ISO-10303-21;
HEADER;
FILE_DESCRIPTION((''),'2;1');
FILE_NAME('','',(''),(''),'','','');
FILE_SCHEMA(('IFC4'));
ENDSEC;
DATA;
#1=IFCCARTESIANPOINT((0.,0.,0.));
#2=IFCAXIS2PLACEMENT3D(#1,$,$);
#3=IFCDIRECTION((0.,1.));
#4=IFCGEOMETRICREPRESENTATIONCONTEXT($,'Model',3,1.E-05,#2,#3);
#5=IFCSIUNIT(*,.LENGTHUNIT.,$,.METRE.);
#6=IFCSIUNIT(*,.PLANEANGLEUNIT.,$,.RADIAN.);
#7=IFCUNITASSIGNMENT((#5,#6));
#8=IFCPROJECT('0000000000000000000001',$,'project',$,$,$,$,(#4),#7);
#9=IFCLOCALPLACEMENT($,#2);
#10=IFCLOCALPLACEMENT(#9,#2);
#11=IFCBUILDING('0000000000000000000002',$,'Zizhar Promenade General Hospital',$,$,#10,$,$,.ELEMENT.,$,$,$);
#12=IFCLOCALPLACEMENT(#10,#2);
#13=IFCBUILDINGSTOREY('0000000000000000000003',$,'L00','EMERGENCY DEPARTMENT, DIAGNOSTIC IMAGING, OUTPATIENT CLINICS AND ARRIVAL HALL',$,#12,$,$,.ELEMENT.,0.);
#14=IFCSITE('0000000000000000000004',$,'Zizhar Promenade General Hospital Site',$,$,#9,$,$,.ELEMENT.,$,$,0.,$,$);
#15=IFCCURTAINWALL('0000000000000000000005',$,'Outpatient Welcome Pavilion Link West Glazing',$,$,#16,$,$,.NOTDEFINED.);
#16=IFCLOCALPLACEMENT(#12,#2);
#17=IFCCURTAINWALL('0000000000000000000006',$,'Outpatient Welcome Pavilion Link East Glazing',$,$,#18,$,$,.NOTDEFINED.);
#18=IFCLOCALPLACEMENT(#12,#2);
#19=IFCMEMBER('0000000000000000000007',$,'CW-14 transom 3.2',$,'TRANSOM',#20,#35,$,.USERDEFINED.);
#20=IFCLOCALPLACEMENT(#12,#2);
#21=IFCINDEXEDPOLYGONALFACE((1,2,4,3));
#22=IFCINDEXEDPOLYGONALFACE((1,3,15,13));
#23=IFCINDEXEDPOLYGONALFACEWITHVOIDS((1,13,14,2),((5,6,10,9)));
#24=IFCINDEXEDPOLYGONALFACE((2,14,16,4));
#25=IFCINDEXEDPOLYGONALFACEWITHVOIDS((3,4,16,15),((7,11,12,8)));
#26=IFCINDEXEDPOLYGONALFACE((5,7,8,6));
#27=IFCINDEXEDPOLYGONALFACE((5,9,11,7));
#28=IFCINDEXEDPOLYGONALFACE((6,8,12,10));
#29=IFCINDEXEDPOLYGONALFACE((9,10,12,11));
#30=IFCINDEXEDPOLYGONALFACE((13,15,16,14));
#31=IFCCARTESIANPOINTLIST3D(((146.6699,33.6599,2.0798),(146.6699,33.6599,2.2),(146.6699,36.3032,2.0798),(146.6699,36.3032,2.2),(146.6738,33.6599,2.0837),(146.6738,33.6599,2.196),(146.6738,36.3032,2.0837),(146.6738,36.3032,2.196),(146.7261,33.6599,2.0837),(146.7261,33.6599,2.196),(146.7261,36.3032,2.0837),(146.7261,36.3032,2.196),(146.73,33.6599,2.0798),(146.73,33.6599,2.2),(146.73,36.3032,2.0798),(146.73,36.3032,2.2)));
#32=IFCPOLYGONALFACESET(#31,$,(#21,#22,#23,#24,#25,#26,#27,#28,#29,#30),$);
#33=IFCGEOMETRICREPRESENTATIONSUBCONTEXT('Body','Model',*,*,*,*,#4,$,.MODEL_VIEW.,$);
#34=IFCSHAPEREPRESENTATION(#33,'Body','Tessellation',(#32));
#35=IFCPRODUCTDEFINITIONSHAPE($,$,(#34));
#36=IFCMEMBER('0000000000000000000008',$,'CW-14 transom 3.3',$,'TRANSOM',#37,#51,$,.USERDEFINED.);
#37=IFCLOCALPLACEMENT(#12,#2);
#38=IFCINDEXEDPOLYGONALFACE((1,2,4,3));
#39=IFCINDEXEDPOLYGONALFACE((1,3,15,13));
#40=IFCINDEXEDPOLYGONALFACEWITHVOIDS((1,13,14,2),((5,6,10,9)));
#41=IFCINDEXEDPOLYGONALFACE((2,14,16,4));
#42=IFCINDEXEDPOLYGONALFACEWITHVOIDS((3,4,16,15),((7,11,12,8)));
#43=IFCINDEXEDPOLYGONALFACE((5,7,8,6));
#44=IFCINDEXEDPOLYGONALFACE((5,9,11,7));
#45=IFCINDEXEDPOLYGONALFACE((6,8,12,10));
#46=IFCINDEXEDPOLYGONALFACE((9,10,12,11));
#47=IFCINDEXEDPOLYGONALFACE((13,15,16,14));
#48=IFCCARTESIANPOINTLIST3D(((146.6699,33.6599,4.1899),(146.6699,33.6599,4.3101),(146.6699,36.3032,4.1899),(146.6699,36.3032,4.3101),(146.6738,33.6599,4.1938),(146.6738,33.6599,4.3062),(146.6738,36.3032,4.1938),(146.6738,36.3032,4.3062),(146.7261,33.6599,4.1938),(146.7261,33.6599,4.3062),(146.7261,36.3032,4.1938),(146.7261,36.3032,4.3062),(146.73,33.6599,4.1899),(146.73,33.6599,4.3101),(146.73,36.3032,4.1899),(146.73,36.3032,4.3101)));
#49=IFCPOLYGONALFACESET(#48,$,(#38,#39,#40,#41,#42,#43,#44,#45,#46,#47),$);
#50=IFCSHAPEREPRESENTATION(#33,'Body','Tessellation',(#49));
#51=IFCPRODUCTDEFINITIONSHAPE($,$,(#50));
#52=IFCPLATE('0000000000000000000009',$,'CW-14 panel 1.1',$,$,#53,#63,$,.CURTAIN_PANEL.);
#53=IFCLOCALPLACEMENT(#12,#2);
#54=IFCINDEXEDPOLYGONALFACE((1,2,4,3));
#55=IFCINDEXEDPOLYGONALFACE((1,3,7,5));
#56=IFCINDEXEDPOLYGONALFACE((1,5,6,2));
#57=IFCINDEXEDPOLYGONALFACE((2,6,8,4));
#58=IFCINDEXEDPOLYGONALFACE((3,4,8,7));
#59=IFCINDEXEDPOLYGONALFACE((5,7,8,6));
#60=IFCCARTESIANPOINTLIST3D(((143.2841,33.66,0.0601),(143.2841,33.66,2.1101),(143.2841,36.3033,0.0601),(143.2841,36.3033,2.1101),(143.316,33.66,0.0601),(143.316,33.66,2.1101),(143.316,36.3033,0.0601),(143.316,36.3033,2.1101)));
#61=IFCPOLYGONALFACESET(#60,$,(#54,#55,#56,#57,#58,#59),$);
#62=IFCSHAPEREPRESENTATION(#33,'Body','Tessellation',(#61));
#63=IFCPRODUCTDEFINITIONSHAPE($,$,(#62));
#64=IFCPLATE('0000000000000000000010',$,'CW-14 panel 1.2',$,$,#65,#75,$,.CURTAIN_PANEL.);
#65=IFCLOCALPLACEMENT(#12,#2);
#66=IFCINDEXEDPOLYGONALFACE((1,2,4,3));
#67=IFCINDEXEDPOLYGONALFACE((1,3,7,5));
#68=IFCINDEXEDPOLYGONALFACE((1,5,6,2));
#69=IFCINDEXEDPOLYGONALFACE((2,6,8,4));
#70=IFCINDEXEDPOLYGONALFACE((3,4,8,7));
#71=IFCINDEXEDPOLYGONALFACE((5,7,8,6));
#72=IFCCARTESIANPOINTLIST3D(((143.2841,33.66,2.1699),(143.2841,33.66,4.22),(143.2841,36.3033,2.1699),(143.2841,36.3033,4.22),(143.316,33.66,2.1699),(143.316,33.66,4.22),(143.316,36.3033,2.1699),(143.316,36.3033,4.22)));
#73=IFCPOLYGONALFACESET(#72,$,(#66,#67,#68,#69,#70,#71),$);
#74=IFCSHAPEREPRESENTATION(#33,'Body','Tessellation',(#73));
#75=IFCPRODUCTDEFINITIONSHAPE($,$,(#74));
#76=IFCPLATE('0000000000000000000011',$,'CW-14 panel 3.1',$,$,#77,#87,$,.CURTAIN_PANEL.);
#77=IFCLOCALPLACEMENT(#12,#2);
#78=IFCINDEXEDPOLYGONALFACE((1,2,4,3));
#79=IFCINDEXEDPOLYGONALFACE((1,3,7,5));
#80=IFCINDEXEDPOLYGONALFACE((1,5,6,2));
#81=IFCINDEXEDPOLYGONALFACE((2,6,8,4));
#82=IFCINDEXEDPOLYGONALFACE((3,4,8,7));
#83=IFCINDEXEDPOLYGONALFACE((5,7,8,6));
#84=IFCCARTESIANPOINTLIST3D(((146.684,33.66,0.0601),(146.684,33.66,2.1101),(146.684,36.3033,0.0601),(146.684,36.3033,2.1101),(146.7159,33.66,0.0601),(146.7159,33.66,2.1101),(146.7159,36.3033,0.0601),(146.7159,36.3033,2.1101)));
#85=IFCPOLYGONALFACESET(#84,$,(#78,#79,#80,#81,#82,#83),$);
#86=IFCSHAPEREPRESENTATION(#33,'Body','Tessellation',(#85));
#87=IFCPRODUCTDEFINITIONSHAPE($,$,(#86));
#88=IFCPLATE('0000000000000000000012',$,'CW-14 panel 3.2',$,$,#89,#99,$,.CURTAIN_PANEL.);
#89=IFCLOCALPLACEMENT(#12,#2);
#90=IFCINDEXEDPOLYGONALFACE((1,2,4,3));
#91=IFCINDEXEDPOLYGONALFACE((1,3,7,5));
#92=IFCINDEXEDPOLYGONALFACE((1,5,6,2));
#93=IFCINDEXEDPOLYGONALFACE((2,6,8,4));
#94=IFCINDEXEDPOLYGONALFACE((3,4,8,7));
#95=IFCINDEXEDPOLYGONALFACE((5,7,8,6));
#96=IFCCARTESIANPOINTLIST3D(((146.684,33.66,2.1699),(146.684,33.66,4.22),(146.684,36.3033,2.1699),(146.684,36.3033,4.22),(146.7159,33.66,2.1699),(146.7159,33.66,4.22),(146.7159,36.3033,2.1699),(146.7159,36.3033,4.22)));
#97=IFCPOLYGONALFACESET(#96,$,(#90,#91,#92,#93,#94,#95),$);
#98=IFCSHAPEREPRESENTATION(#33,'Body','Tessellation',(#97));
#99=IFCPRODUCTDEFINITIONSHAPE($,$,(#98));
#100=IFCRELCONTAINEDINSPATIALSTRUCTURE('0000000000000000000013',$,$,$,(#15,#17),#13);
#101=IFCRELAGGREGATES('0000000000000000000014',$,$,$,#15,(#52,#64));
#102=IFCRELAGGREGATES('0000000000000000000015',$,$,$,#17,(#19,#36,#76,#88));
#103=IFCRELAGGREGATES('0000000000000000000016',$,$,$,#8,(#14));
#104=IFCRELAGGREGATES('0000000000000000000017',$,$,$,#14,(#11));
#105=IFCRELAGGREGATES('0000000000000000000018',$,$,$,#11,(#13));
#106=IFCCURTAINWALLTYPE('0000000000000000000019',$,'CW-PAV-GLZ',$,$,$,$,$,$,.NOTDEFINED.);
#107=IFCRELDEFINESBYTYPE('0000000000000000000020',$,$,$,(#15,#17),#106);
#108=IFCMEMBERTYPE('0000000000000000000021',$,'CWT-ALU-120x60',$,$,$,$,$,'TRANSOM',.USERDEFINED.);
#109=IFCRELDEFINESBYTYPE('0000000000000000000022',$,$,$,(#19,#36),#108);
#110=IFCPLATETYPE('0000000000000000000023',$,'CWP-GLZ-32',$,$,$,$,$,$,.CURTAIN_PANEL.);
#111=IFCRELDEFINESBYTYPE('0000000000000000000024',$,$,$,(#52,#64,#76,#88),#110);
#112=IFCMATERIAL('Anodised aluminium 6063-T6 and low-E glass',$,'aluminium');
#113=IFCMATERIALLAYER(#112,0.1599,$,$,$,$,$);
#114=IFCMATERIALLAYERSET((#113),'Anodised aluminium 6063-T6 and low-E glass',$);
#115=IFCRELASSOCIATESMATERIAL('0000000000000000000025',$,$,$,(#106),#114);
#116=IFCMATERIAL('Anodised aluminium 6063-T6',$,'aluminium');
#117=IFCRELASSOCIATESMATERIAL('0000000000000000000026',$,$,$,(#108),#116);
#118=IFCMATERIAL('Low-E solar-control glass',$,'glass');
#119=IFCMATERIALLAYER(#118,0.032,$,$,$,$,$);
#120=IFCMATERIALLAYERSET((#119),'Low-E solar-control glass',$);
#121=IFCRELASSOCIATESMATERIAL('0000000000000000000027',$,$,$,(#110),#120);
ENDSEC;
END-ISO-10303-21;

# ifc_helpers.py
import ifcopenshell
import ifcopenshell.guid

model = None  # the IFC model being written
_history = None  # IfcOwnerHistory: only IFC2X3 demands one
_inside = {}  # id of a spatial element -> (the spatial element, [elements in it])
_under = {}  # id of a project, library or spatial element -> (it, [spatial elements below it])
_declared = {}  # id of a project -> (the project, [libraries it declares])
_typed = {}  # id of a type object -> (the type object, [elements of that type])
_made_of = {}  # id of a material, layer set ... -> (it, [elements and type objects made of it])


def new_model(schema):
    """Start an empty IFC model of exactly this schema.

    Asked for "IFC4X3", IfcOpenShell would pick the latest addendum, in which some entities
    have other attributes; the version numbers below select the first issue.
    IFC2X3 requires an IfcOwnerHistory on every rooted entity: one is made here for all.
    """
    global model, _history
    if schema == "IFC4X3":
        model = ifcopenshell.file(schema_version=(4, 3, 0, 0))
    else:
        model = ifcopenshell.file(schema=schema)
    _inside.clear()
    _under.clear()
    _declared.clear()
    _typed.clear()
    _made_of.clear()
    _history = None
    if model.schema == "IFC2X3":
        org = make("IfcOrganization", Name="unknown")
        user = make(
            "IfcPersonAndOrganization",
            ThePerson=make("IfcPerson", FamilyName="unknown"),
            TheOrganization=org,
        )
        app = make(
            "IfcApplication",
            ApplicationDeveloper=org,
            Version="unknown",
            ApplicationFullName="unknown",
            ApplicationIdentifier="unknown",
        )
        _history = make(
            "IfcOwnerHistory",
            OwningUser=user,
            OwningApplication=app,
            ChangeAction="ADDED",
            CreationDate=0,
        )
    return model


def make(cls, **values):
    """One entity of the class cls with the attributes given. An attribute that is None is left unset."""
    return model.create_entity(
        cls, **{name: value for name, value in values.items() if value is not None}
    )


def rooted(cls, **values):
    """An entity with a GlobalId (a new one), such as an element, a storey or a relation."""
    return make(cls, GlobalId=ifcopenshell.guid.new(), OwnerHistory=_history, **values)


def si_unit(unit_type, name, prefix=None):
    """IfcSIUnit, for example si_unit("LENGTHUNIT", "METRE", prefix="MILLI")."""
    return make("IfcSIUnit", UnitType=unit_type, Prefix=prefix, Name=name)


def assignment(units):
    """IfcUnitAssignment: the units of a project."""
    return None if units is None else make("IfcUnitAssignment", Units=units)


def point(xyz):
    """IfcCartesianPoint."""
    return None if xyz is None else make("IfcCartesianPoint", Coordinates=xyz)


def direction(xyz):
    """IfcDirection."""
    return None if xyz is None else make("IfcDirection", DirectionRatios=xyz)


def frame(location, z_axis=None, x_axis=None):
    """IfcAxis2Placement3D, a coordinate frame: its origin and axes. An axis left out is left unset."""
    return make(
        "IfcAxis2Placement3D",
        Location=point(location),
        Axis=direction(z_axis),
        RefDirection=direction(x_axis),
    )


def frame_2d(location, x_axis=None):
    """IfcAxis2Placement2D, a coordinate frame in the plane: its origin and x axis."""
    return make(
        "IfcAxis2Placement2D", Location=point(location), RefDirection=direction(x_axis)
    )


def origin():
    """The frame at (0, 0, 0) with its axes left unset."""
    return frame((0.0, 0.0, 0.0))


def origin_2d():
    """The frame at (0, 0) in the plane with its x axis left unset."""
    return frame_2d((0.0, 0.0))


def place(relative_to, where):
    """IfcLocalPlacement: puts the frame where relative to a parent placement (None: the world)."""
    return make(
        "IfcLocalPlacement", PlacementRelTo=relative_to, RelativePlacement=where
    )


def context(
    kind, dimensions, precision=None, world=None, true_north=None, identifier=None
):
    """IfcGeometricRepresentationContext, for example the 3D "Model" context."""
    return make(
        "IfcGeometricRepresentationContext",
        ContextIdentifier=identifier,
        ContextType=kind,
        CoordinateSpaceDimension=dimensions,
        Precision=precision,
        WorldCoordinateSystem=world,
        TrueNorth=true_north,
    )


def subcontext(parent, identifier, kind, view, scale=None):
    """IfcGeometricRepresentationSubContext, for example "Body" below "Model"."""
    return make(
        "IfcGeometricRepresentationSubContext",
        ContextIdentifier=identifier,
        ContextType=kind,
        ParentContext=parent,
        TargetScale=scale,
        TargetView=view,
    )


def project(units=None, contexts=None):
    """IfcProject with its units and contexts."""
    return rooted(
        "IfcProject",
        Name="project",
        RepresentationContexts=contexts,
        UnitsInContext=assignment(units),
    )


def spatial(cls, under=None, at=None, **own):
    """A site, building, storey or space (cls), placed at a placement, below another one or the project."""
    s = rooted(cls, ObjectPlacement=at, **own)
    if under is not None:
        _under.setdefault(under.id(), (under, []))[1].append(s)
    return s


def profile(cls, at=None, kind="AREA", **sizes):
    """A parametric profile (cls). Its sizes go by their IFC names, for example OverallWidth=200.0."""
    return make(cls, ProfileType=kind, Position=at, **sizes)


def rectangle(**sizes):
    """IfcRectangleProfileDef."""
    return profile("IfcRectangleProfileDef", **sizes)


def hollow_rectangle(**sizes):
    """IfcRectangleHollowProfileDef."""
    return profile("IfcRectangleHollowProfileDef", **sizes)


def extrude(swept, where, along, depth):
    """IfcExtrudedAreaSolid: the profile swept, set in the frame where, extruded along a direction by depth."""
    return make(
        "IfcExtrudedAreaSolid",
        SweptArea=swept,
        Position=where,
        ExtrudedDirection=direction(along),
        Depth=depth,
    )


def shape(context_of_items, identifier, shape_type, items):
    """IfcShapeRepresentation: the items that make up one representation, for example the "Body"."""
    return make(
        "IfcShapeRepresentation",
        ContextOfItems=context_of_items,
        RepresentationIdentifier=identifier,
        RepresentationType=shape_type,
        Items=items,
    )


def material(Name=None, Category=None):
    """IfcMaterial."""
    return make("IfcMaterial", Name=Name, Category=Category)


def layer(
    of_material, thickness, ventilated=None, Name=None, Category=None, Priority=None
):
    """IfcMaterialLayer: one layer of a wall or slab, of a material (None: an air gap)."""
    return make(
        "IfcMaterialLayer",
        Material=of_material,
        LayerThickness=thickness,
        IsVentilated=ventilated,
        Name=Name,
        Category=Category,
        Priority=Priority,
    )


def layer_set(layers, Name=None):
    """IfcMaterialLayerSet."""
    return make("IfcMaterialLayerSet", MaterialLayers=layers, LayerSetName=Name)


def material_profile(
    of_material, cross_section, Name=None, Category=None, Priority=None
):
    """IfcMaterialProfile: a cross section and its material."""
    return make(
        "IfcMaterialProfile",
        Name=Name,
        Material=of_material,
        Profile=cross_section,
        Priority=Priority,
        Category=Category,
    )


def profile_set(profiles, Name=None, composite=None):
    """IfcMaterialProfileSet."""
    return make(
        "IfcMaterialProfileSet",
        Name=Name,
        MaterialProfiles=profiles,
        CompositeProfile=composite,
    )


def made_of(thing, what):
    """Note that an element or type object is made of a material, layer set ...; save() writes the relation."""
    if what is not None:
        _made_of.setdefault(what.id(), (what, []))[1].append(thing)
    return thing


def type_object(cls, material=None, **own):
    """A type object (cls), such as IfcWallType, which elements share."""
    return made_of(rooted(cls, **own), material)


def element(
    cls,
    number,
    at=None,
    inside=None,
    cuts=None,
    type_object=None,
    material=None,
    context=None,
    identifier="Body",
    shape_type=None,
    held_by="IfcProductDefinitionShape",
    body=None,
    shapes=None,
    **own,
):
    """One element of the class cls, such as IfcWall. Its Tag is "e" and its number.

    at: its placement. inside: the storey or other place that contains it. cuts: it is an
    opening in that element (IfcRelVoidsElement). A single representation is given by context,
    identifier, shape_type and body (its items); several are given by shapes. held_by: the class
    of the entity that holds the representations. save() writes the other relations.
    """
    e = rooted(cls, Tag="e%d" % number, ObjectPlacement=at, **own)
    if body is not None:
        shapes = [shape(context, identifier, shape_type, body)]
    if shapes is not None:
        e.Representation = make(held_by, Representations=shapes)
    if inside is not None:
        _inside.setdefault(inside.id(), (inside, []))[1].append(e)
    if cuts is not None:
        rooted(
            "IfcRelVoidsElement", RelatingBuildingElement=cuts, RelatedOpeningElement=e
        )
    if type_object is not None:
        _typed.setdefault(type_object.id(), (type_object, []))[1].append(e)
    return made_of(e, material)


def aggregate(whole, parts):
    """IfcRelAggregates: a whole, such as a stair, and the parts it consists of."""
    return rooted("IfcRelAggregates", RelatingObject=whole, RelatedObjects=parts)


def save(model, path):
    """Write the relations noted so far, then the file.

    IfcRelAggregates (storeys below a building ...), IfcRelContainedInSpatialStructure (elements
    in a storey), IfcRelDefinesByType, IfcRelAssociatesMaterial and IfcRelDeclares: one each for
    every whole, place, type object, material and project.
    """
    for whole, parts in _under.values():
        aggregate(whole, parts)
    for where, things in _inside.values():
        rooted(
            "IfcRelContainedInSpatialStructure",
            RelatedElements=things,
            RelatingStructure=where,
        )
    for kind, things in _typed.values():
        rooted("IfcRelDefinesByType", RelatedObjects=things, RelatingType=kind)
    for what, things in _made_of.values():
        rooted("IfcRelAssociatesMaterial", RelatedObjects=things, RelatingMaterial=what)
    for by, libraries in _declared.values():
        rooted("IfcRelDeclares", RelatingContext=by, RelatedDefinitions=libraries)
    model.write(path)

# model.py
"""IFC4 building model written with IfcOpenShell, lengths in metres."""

from ifc_helpers import new_model, si_unit, direction, frame, origin, origin_2d, place, context, subcontext, project, spatial, rectangle, hollow_rectangle, extrude, material, layer, layer_set, material_profile, profile_set, type_object, element, aggregate, save


model = new_model("IFC4")

# Units and contexts
model_context = context("Model", 3, precision=1e-05, world=origin(), true_north=direction((0.0, 1.0)))
body_context = subcontext(model_context, "Body", "Model", "MODEL_VIEW")
ifc_project = project(units=[si_unit("LENGTHUNIT", "METRE"), si_unit("PLANEANGLEUNIT", "RADIAN")], contexts=[model_context])

# Site, building, storey
site_placement = place(None, origin())
site = spatial("IfcSite", under=ifc_project, at=site_placement, Name="Zizhar Promenade General Hospital Site", CompositionType="ELEMENT", RefElevation=0.0)
building_placement = place(site_placement, origin())
building = spatial("IfcBuilding", under=site, at=building_placement, Name="Zizhar Promenade General Hospital", CompositionType="ELEMENT")
storey_placement = place(building_placement, origin())
storey = spatial("IfcBuildingStorey", under=building, at=storey_placement, Name="L00", Description="EMERGENCY DEPARTMENT, DIAGNOSTIC IMAGING, OUTPATIENT CLINICS AND ARRIVAL HALL", CompositionType="ELEMENT", Elevation=0.0)

# Curtain walls
ifc_material_1 = material(Name="Anodised aluminium 6063-T6 and low-E glass", Category="aluminium")
ifc_layer_1 = layer(ifc_material_1, 0.1599)
ifc_layer_set_1 = layer_set([ifc_layer_1], Name="Anodised aluminium 6063-T6 and low-E glass")
curtain_wall_type = type_object("IfcCurtainWallType", Name="CW-PAV-GLZ", PredefinedType="NOTDEFINED", material=ifc_layer_set_1)
curtain_wall_1_placement = place(storey_placement, origin())
curtain_wall_1 = element("IfcCurtainWall", 1, at=curtain_wall_1_placement, inside=storey, type_object=curtain_wall_type, Name="Outpatient Welcome Pavilion Link West Glazing", PredefinedType="NOTDEFINED")
curtain_wall_2_placement = place(storey_placement, origin())
curtain_wall_2 = element("IfcCurtainWall", 2, at=curtain_wall_2_placement, inside=storey, type_object=curtain_wall_type, Name="Outpatient Welcome Pavilion Link East Glazing", PredefinedType="NOTDEFINED")

# Members
ifc_material_2 = material(Name="Anodised aluminium 6063-T6", Category="aluminium")
ifc_material_profile_1 = material_profile(ifc_material_2, hollow_rectangle(XDim=0.0601, YDim=0.1201, WallThickness=0.0039, at=origin_2d()))
ifc_profile_set_1 = profile_set([ifc_material_profile_1], Name="Anodised aluminium 6063-T6")
member_type_1 = type_object("IfcMemberType", Name="CWT-ALU-120x60", ElementType="TRANSOM", PredefinedType="USERDEFINED", material=ifc_profile_set_1)
member_1_placement = place(storey_placement, frame((146.7, 36.3032, 2.1399), z_axis=(0.0, -1.0, 0.0), x_axis=(1.0, 0.0, 0.0)))
member_1 = element("IfcMember", 3, at=member_1_placement, type_object=member_type_1, Name="CW-14 transom 3.2", ObjectType="TRANSOM", PredefinedType="USERDEFINED", context=body_context, shape_type="SweptSolid", body=[
    extrude(hollow_rectangle(XDim=0.0601, YDim=0.1201, WallThickness=0.0039, at=origin_2d()), origin(), (0.0, 0.0, 1.0), 2.6433),
])
member_2_placement = place(storey_placement, frame((146.7, 36.3032, 4.25), z_axis=(0.0, -1.0, 0.0), x_axis=(1.0, 0.0, 0.0)))
member_2 = element("IfcMember", 4, at=member_2_placement, type_object=member_type_1, Name="CW-14 transom 3.3", ObjectType="TRANSOM", PredefinedType="USERDEFINED", context=body_context, shape_type="SweptSolid", body=[
    extrude(hollow_rectangle(XDim=0.0601, YDim=0.1201, WallThickness=0.0039, at=origin_2d()), origin(), (0.0, 0.0, 1.0), 2.6433),
])

# Plates
ifc_material_3 = material(Name="Low-E solar-control glass", Category="glass")
ifc_layer_2 = layer(ifc_material_3, 0.032)
ifc_layer_set_2 = layer_set([ifc_layer_2], Name="Low-E solar-control glass")
plate_type = type_object("IfcPlateType", Name="CWP-GLZ-32", PredefinedType="CURTAIN_PANEL", material=ifc_layer_set_2)
plate_1_placement = place(storey_placement, frame((143.3, 34.9817, 0.0601), z_axis=(0.0, 0.0, 1.0), x_axis=(0.0, 1.0, 0.0)))
plate_1 = element("IfcPlate", 5, at=plate_1_placement, type_object=plate_type, Name="CW-14 panel 1.1", PredefinedType="CURTAIN_PANEL", context=body_context, shape_type="SweptSolid", body=[
    extrude(rectangle(XDim=2.6433, YDim=0.032, at=origin_2d()), origin(), (0.0, 0.0, 1.0), 2.05),
])
plate_2_placement = place(storey_placement, frame((143.3, 34.9817, 2.1699), z_axis=(0.0, 0.0, 1.0), x_axis=(0.0, 1.0, 0.0)))
plate_2 = element("IfcPlate", 6, at=plate_2_placement, type_object=plate_type, Name="CW-14 panel 1.2", PredefinedType="CURTAIN_PANEL", context=body_context, shape_type="SweptSolid", body=[
    extrude(rectangle(XDim=2.6433, YDim=0.032, at=origin_2d()), origin(), (0.0, 0.0, 1.0), 2.05),
])
aggregate(curtain_wall_1, [plate_1, plate_2])
plate_3_placement = place(storey_placement, frame((146.7, 34.9817, 0.0601), z_axis=(0.0, 0.0, 1.0), x_axis=(0.0, -1.0, 0.0)))
plate_3 = element("IfcPlate", 7, at=plate_3_placement, type_object=plate_type, Name="CW-14 panel 3.1", PredefinedType="CURTAIN_PANEL", context=body_context, shape_type="SweptSolid", body=[
    extrude(rectangle(XDim=2.6433, YDim=0.032, at=origin_2d()), origin(), (0.0, 0.0, 1.0), 2.05),
])
plate_4_placement = place(storey_placement, frame((146.7, 34.9817, 2.1699), z_axis=(0.0, 0.0, 1.0), x_axis=(0.0, -1.0, 0.0)))
plate_4 = element("IfcPlate", 8, at=plate_4_placement, type_object=plate_type, Name="CW-14 panel 3.2", PredefinedType="CURTAIN_PANEL", context=body_context, shape_type="SweptSolid", body=[
    extrude(rectangle(XDim=2.6433, YDim=0.032, at=origin_2d()), origin(), (0.0, 0.0, 1.0), 2.05),
])
aggregate(curtain_wall_2, [member_1, member_2, plate_3, plate_4])

save(model, "model.ifc")
